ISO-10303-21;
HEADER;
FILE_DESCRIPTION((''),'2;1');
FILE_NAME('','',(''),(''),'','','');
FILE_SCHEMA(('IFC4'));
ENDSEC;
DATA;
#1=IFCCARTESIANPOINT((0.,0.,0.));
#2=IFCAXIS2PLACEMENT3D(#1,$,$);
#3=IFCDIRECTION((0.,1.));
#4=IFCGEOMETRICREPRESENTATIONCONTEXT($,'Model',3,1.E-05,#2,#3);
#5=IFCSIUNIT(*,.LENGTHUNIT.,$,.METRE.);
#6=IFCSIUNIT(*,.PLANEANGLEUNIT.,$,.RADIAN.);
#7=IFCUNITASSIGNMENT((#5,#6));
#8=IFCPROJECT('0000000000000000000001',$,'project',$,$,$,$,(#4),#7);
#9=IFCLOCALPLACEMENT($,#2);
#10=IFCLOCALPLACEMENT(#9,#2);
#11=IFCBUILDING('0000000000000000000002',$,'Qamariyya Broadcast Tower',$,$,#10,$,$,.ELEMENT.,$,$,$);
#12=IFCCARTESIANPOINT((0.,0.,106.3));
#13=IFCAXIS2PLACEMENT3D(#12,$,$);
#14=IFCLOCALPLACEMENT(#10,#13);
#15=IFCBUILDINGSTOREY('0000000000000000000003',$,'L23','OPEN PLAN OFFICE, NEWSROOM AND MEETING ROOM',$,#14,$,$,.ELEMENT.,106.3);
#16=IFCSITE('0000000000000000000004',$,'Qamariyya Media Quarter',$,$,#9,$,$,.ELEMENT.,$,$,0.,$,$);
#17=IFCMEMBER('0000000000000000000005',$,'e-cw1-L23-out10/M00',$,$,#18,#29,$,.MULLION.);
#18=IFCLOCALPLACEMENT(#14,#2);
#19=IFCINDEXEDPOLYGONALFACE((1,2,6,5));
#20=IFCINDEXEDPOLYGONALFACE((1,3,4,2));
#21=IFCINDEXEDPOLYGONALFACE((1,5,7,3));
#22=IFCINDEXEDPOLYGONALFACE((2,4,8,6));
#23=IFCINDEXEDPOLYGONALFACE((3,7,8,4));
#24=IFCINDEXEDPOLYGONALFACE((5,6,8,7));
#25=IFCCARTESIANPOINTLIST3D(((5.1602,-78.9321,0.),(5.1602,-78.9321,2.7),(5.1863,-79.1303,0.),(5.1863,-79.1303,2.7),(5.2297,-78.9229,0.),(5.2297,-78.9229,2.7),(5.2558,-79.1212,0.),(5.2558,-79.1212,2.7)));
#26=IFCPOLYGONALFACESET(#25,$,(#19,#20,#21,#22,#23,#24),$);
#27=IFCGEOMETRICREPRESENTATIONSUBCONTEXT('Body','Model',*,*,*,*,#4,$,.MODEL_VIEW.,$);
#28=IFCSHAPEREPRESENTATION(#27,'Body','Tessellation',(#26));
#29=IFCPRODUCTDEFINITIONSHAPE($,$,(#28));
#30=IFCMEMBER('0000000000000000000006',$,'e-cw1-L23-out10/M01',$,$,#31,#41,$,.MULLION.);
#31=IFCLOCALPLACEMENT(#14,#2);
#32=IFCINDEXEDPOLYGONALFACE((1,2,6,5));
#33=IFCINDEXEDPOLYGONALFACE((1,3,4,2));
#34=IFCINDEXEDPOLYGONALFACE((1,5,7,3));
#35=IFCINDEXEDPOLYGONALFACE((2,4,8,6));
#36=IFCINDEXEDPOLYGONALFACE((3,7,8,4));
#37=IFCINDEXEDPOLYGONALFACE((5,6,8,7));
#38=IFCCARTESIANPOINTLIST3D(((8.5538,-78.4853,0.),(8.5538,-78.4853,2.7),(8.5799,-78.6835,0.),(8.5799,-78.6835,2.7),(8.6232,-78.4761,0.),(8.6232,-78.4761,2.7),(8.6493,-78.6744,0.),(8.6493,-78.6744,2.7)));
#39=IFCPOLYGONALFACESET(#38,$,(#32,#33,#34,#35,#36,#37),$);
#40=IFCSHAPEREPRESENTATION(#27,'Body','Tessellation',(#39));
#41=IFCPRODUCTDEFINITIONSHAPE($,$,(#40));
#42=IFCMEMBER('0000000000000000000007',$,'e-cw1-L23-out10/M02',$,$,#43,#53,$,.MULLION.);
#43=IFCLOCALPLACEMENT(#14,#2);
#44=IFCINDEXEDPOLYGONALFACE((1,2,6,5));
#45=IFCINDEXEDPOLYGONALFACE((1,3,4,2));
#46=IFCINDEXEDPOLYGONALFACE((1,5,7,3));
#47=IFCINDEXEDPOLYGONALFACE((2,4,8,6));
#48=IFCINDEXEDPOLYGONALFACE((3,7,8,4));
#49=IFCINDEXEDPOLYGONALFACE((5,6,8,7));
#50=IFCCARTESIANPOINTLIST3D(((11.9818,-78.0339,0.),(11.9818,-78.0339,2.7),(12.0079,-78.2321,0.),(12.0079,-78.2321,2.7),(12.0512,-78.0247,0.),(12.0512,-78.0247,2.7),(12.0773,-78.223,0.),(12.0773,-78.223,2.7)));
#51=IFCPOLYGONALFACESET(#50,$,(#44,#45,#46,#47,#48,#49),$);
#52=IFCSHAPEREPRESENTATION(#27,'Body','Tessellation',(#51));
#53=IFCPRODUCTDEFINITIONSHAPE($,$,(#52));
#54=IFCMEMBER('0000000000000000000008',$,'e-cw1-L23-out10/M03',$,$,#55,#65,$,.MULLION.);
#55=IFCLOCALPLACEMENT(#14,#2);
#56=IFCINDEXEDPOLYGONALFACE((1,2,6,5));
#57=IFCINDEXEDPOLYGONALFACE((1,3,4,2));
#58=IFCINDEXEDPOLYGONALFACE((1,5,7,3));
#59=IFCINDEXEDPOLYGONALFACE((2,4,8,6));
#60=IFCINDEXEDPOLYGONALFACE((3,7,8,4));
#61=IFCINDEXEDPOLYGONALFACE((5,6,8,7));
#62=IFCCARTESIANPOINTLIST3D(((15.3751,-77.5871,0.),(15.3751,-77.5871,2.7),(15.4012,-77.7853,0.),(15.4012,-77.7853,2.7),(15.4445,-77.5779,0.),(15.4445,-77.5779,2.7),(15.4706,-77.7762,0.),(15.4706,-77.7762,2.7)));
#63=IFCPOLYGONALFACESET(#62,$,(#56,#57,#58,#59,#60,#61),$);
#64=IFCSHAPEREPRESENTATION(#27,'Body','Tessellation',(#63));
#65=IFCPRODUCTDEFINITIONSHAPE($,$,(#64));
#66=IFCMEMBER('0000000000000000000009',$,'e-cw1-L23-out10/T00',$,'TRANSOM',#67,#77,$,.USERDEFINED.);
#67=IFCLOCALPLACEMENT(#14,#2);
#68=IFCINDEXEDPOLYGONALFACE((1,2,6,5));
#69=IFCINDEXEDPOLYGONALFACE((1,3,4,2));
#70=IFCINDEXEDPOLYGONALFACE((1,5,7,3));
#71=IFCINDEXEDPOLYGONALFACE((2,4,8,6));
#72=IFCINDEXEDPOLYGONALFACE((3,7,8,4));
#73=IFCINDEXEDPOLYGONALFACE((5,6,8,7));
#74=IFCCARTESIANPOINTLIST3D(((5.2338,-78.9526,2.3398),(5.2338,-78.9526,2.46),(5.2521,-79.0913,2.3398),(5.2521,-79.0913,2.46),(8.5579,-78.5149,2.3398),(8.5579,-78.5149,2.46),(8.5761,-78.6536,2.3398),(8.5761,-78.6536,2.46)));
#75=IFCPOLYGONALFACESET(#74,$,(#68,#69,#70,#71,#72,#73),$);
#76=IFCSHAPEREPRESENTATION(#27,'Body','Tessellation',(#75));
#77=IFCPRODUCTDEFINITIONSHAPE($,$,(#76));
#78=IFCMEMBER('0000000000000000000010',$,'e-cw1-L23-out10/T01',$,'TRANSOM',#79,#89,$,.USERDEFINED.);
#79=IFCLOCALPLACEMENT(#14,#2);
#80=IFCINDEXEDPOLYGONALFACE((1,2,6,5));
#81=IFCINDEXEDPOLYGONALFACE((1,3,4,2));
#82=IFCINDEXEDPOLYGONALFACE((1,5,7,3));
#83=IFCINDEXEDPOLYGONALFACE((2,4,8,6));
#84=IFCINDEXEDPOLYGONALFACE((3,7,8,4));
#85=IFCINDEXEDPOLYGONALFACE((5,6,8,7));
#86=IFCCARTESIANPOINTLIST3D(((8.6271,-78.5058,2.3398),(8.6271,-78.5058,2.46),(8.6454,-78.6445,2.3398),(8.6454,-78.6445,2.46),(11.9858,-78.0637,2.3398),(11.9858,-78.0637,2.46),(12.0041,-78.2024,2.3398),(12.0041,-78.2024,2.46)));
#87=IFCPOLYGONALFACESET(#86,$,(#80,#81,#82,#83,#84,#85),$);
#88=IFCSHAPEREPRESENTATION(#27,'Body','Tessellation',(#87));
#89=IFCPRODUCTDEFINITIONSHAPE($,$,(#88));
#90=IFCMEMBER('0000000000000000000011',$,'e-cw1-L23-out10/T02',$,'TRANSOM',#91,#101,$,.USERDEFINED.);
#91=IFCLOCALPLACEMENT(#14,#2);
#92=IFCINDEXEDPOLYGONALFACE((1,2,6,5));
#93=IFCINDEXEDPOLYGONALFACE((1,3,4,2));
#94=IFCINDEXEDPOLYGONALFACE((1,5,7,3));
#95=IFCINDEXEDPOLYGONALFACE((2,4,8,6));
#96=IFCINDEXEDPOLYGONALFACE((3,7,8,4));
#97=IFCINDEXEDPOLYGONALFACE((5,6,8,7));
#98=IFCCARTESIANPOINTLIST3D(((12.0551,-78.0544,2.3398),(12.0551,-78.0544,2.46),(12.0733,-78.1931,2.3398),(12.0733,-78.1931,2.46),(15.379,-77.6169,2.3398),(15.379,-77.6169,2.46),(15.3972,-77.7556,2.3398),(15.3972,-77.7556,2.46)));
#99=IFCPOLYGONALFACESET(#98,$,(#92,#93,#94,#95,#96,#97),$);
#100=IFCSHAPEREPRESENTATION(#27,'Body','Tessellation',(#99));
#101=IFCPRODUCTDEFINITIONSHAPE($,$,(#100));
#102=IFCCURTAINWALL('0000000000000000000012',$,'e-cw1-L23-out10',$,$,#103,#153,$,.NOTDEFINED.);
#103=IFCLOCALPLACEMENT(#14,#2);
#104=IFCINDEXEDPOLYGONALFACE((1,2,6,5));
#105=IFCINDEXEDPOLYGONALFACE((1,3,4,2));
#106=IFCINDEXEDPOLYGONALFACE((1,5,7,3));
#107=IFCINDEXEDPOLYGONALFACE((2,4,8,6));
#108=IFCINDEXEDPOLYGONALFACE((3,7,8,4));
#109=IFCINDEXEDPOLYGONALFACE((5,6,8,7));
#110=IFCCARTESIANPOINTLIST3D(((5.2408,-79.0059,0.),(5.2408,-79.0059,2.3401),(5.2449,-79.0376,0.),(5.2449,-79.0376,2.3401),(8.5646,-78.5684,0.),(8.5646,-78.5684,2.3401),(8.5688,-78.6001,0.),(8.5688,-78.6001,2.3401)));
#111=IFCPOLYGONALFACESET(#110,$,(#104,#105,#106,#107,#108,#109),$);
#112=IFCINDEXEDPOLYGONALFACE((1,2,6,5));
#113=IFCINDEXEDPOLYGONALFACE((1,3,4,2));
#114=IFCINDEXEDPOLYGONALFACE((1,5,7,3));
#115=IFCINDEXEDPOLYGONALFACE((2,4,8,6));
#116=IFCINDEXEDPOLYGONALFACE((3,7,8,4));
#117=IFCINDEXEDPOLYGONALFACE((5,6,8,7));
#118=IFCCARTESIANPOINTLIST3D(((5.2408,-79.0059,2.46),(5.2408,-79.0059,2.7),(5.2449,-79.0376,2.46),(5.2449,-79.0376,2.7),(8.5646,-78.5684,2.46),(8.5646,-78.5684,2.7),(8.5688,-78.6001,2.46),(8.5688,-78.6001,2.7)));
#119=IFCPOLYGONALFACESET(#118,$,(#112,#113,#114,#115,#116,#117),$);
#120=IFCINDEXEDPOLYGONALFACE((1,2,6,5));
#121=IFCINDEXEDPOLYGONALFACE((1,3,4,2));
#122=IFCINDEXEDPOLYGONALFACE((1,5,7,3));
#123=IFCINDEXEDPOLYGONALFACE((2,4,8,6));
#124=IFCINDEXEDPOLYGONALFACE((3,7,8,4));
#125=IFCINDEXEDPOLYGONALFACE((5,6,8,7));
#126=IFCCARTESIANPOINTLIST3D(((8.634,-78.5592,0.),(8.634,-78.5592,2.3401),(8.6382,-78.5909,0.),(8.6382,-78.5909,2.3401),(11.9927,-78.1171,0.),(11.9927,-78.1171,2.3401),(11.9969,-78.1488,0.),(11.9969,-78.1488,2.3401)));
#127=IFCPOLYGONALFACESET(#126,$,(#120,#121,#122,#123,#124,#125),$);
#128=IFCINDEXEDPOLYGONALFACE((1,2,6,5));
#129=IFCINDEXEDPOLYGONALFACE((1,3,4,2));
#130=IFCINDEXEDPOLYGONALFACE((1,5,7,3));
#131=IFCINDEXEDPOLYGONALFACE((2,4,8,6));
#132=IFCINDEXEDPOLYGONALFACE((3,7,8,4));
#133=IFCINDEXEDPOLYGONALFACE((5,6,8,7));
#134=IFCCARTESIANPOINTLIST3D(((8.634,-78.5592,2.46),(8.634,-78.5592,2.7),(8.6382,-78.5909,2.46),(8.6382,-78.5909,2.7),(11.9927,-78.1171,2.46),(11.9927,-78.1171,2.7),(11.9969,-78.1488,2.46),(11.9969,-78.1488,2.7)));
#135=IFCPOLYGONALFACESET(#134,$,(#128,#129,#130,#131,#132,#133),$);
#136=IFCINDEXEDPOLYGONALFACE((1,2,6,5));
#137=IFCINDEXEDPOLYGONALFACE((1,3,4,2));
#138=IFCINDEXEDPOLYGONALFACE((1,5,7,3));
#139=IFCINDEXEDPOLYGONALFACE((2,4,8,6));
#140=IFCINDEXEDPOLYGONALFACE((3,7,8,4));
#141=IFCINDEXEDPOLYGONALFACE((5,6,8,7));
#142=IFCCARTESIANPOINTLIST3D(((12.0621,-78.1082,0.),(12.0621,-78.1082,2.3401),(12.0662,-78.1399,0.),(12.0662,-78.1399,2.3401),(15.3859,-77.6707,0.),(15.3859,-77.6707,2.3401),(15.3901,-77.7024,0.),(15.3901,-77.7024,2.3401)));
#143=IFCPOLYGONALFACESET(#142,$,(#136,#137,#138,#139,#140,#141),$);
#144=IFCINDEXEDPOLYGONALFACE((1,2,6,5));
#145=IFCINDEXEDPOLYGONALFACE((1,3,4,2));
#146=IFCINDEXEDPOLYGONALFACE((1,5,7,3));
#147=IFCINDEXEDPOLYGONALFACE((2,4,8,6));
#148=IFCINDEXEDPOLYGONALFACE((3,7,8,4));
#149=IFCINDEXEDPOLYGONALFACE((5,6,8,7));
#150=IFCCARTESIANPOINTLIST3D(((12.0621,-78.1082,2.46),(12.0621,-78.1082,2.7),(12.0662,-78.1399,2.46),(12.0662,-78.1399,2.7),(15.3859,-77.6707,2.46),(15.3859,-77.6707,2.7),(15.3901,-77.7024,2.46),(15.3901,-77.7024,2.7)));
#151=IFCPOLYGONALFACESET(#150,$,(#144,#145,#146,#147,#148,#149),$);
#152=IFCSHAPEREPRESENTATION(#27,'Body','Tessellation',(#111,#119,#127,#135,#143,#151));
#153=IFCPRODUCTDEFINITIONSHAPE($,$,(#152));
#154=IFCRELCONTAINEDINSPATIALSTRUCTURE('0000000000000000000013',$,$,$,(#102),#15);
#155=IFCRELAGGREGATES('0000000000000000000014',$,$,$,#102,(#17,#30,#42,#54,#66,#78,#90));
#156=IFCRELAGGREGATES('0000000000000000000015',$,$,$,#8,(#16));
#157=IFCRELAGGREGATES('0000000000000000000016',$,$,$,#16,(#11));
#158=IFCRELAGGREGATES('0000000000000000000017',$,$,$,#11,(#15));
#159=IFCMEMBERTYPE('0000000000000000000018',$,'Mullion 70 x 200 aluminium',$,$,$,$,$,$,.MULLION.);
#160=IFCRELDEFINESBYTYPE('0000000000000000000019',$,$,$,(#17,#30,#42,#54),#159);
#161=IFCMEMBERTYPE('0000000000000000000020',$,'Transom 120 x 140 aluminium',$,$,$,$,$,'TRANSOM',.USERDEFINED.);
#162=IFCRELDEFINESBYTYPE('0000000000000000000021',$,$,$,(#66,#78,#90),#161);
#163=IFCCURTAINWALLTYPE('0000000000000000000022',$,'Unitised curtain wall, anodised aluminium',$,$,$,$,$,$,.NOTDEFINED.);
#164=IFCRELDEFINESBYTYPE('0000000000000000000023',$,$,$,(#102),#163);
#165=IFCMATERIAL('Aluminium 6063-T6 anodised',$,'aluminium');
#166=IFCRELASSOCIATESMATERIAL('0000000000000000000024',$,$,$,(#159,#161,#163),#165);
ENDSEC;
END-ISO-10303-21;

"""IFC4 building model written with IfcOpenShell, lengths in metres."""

from ifc_helpers import new_model, si_unit, direction, frame, origin, origin_2d, place, context, subcontext, project, spatial, rectangle, extrude, material, material_profile, profile_set, type_object, element, aggregate, save


model = new_model("IFC4")

# Units and contexts
model_context = context("Model", 3, precision=1e-05, world=origin(), true_north=direction((0.0, 1.0)))
body_context = subcontext(model_context, "Body", "Model", "MODEL_VIEW")
ifc_project = project(units=[si_unit("LENGTHUNIT", "METRE"), si_unit("PLANEANGLEUNIT", "RADIAN")], contexts=[model_context])

# Members
ifc_material = material(Name="Aluminium 6063-T6 anodised", Category="aluminium")
ifc_material_profile_1 = material_profile(ifc_material, rectangle(XDim=0.2, YDim=0.0701, at=origin_2d()))
ifc_profile_set_1 = profile_set([ifc_material_profile_1], Name="Aluminium 6063-T6 anodised")
member_type_1 = type_object("IfcMemberType", Name="Mullion 70 x 200 aluminium", PredefinedType="MULLION", material=ifc_profile_set_1)
site_placement = place(None, origin())
building_placement = place(site_placement, origin())
storey_placement = place(building_placement, frame((0.0, 0.0, 106.3)))
member_1_placement = place(storey_placement, frame((5.208, -79.0266, 0.0), z_axis=(0.0, 0.0, 1.0), x_axis=(-0.130526, 0.991445, 0.0)))
member_1 = element("IfcMember", 1, at=member_1_placement, type_object=member_type_1, Name="e-cw1-L23-out10/M00", PredefinedType="MULLION", context=body_context, shape_type="SweptSolid", body=[
    extrude(rectangle(XDim=0.2, YDim=0.0701, at=origin_2d()), origin(), (0.0, 0.0, 1.0), 2.7),
])
member_2_placement = place(storey_placement, frame((8.6016, -78.5798, 0.0), z_axis=(0.0, 0.0, 1.0), x_axis=(-0.130526, 0.991445, 0.0)))
member_2 = element("IfcMember", 2, at=member_2_placement, type_object=member_type_1, Name="e-cw1-L23-out10/M01", PredefinedType="MULLION", context=body_context, shape_type="SweptSolid", body=[
    extrude(rectangle(XDim=0.2, YDim=0.0701, at=origin_2d()), origin(), (0.0, 0.0, 1.0), 2.7),
])
member_3_placement = place(storey_placement, frame((12.0295, -78.1284, 0.0), z_axis=(0.0, 0.0, 1.0), x_axis=(-0.130526, 0.991445, 0.0)))
member_3 = element("IfcMember", 3, at=member_3_placement, type_object=member_type_1, Name="e-cw1-L23-out10/M02", PredefinedType="MULLION", context=body_context, shape_type="SweptSolid", body=[
    extrude(rectangle(XDim=0.2, YDim=0.0701, at=origin_2d()), origin(), (0.0, 0.0, 1.0), 2.7),
])
member_4_placement = place(storey_placement, frame((15.4229, -77.6816, 0.0), z_axis=(0.0, 0.0, 1.0), x_axis=(-0.130526, 0.991445, 0.0)))
member_4 = element("IfcMember", 4, at=member_4_placement, type_object=member_type_1, Name="e-cw1-L23-out10/M03", PredefinedType="MULLION", context=body_context, shape_type="SweptSolid", body=[
    extrude(rectangle(XDim=0.2, YDim=0.0701, at=origin_2d()), origin(), (0.0, 0.0, 1.0), 2.7),
])
ifc_material_profile_2 = material_profile(ifc_material, rectangle(XDim=0.1399, YDim=0.1201, at=origin_2d()))
ifc_profile_set_2 = profile_set([ifc_material_profile_2], Name="Aluminium 6063-T6 anodised")
member_type_2 = type_object("IfcMemberType", Name="Transom 120 x 140 aluminium", ElementType="TRANSOM", PredefinedType="USERDEFINED", material=ifc_profile_set_2)
member_5_placement = place(storey_placement, frame((5.2429, -79.022, 2.3999), z_axis=(0.99144, 0.130566, 0.0), x_axis=(-0.130566, 0.99144, 0.0)))
member_5 = element("IfcMember", 5, at=member_5_placement, type_object=member_type_2, Name="e-cw1-L23-out10/T00", ObjectType="TRANSOM", PredefinedType="USERDEFINED", context=body_context, shape_type="SweptSolid", body=[
    extrude(rectangle(XDim=0.1399, YDim=0.1201, at=origin_2d()), origin(), (0.0, 0.0, 1.0), 3.3528),
])
member_6_placement = place(storey_placement, frame((8.6362, -78.5752, 2.3999), z_axis=(0.991446, 0.130516, 0.0), x_axis=(-0.130516, 0.991446, 0.0)))
member_6 = element("IfcMember", 6, at=member_6_placement, type_object=member_type_2, Name="e-cw1-L23-out10/T01", ObjectType="TRANSOM", PredefinedType="USERDEFINED", context=body_context, shape_type="SweptSolid", body=[
    extrude(rectangle(XDim=0.1399, YDim=0.1201, at=origin_2d()), origin(), (0.0, 0.0, 1.0), 3.3877),
])
member_7_placement = place(storey_placement, frame((12.0642, -78.1238, 2.3999), z_axis=(0.991449, 0.130494, 0.0), x_axis=(-0.130494, 0.991449, 0.0)))
member_7 = element("IfcMember", 7, at=member_7_placement, type_object=member_type_2, Name="e-cw1-L23-out10/T02", ObjectType="TRANSOM", PredefinedType="USERDEFINED", context=body_context, shape_type="SweptSolid", body=[
    extrude(rectangle(XDim=0.1399, YDim=0.1201, at=origin_2d()), origin(), (0.0, 0.0, 1.0), 3.3525),
])

# Site, building, storey
site = spatial("IfcSite", under=ifc_project, at=site_placement, Name="Qamariyya Media Quarter", CompositionType="ELEMENT", RefElevation=0.0)
building = spatial("IfcBuilding", under=site, at=building_placement, Name="Qamariyya Broadcast Tower", CompositionType="ELEMENT")
storey = spatial("IfcBuildingStorey", under=building, at=storey_placement, Name="L23", Description="OPEN PLAN OFFICE, NEWSROOM AND MEETING ROOM", CompositionType="ELEMENT", Elevation=106.3)

# Curtain wall
curtain_wall_type = type_object("IfcCurtainWallType", Name="Unitised curtain wall, anodised aluminium", PredefinedType="NOTDEFINED", material=ifc_material)
curtain_wall_1_placement = place(storey_placement, origin())
curtain_wall_1 = element("IfcCurtainWall", 8, at=curtain_wall_1_placement, inside=storey, type_object=curtain_wall_type, Name="e-cw1-L23-out10", PredefinedType="NOTDEFINED", context=body_context, shape_type="SweptSolid", body=[
    extrude(rectangle(XDim=3.3525, YDim=0.032, at=origin_2d()), frame((6.9048, -78.803, 0.0), x_axis=(0.991447, 0.130509, 0.0)), (0.0, 0.0, 1.0), 2.3401),
    extrude(rectangle(XDim=3.3525, YDim=0.032, at=origin_2d()), frame((6.9048, -78.803, 2.46), x_axis=(0.991447, 0.130509, 0.0)), (0.0, 0.0, 1.0), 0.24),
    extrude(rectangle(XDim=3.3877, YDim=0.032, at=origin_2d()), frame((10.3154, -78.354, 0.0), x_axis=(0.991447, 0.130509, 0.0)), (0.0, 0.0, 1.0), 2.3401),
    extrude(rectangle(XDim=3.3877, YDim=0.032, at=origin_2d()), frame((10.3154, -78.354, 2.46), x_axis=(0.991447, 0.130509, 0.0)), (0.0, 0.0, 1.0), 0.24),
    extrude(rectangle(XDim=3.3525, YDim=0.032, at=origin_2d()), frame((13.7261, -77.9053, 0.0), x_axis=(0.991447, 0.130509, 0.0)), (0.0, 0.0, 1.0), 2.3401),
    extrude(rectangle(XDim=3.3525, YDim=0.032, at=origin_2d()), frame((13.7261, -77.9053, 2.46), x_axis=(0.991447, 0.130509, 0.0)), (0.0, 0.0, 1.0), 0.24),
])
aggregate(curtain_wall_1, [member_1, member_2, member_3, member_4, member_5, member_6, member_7])

save(model, "model.ifc")
